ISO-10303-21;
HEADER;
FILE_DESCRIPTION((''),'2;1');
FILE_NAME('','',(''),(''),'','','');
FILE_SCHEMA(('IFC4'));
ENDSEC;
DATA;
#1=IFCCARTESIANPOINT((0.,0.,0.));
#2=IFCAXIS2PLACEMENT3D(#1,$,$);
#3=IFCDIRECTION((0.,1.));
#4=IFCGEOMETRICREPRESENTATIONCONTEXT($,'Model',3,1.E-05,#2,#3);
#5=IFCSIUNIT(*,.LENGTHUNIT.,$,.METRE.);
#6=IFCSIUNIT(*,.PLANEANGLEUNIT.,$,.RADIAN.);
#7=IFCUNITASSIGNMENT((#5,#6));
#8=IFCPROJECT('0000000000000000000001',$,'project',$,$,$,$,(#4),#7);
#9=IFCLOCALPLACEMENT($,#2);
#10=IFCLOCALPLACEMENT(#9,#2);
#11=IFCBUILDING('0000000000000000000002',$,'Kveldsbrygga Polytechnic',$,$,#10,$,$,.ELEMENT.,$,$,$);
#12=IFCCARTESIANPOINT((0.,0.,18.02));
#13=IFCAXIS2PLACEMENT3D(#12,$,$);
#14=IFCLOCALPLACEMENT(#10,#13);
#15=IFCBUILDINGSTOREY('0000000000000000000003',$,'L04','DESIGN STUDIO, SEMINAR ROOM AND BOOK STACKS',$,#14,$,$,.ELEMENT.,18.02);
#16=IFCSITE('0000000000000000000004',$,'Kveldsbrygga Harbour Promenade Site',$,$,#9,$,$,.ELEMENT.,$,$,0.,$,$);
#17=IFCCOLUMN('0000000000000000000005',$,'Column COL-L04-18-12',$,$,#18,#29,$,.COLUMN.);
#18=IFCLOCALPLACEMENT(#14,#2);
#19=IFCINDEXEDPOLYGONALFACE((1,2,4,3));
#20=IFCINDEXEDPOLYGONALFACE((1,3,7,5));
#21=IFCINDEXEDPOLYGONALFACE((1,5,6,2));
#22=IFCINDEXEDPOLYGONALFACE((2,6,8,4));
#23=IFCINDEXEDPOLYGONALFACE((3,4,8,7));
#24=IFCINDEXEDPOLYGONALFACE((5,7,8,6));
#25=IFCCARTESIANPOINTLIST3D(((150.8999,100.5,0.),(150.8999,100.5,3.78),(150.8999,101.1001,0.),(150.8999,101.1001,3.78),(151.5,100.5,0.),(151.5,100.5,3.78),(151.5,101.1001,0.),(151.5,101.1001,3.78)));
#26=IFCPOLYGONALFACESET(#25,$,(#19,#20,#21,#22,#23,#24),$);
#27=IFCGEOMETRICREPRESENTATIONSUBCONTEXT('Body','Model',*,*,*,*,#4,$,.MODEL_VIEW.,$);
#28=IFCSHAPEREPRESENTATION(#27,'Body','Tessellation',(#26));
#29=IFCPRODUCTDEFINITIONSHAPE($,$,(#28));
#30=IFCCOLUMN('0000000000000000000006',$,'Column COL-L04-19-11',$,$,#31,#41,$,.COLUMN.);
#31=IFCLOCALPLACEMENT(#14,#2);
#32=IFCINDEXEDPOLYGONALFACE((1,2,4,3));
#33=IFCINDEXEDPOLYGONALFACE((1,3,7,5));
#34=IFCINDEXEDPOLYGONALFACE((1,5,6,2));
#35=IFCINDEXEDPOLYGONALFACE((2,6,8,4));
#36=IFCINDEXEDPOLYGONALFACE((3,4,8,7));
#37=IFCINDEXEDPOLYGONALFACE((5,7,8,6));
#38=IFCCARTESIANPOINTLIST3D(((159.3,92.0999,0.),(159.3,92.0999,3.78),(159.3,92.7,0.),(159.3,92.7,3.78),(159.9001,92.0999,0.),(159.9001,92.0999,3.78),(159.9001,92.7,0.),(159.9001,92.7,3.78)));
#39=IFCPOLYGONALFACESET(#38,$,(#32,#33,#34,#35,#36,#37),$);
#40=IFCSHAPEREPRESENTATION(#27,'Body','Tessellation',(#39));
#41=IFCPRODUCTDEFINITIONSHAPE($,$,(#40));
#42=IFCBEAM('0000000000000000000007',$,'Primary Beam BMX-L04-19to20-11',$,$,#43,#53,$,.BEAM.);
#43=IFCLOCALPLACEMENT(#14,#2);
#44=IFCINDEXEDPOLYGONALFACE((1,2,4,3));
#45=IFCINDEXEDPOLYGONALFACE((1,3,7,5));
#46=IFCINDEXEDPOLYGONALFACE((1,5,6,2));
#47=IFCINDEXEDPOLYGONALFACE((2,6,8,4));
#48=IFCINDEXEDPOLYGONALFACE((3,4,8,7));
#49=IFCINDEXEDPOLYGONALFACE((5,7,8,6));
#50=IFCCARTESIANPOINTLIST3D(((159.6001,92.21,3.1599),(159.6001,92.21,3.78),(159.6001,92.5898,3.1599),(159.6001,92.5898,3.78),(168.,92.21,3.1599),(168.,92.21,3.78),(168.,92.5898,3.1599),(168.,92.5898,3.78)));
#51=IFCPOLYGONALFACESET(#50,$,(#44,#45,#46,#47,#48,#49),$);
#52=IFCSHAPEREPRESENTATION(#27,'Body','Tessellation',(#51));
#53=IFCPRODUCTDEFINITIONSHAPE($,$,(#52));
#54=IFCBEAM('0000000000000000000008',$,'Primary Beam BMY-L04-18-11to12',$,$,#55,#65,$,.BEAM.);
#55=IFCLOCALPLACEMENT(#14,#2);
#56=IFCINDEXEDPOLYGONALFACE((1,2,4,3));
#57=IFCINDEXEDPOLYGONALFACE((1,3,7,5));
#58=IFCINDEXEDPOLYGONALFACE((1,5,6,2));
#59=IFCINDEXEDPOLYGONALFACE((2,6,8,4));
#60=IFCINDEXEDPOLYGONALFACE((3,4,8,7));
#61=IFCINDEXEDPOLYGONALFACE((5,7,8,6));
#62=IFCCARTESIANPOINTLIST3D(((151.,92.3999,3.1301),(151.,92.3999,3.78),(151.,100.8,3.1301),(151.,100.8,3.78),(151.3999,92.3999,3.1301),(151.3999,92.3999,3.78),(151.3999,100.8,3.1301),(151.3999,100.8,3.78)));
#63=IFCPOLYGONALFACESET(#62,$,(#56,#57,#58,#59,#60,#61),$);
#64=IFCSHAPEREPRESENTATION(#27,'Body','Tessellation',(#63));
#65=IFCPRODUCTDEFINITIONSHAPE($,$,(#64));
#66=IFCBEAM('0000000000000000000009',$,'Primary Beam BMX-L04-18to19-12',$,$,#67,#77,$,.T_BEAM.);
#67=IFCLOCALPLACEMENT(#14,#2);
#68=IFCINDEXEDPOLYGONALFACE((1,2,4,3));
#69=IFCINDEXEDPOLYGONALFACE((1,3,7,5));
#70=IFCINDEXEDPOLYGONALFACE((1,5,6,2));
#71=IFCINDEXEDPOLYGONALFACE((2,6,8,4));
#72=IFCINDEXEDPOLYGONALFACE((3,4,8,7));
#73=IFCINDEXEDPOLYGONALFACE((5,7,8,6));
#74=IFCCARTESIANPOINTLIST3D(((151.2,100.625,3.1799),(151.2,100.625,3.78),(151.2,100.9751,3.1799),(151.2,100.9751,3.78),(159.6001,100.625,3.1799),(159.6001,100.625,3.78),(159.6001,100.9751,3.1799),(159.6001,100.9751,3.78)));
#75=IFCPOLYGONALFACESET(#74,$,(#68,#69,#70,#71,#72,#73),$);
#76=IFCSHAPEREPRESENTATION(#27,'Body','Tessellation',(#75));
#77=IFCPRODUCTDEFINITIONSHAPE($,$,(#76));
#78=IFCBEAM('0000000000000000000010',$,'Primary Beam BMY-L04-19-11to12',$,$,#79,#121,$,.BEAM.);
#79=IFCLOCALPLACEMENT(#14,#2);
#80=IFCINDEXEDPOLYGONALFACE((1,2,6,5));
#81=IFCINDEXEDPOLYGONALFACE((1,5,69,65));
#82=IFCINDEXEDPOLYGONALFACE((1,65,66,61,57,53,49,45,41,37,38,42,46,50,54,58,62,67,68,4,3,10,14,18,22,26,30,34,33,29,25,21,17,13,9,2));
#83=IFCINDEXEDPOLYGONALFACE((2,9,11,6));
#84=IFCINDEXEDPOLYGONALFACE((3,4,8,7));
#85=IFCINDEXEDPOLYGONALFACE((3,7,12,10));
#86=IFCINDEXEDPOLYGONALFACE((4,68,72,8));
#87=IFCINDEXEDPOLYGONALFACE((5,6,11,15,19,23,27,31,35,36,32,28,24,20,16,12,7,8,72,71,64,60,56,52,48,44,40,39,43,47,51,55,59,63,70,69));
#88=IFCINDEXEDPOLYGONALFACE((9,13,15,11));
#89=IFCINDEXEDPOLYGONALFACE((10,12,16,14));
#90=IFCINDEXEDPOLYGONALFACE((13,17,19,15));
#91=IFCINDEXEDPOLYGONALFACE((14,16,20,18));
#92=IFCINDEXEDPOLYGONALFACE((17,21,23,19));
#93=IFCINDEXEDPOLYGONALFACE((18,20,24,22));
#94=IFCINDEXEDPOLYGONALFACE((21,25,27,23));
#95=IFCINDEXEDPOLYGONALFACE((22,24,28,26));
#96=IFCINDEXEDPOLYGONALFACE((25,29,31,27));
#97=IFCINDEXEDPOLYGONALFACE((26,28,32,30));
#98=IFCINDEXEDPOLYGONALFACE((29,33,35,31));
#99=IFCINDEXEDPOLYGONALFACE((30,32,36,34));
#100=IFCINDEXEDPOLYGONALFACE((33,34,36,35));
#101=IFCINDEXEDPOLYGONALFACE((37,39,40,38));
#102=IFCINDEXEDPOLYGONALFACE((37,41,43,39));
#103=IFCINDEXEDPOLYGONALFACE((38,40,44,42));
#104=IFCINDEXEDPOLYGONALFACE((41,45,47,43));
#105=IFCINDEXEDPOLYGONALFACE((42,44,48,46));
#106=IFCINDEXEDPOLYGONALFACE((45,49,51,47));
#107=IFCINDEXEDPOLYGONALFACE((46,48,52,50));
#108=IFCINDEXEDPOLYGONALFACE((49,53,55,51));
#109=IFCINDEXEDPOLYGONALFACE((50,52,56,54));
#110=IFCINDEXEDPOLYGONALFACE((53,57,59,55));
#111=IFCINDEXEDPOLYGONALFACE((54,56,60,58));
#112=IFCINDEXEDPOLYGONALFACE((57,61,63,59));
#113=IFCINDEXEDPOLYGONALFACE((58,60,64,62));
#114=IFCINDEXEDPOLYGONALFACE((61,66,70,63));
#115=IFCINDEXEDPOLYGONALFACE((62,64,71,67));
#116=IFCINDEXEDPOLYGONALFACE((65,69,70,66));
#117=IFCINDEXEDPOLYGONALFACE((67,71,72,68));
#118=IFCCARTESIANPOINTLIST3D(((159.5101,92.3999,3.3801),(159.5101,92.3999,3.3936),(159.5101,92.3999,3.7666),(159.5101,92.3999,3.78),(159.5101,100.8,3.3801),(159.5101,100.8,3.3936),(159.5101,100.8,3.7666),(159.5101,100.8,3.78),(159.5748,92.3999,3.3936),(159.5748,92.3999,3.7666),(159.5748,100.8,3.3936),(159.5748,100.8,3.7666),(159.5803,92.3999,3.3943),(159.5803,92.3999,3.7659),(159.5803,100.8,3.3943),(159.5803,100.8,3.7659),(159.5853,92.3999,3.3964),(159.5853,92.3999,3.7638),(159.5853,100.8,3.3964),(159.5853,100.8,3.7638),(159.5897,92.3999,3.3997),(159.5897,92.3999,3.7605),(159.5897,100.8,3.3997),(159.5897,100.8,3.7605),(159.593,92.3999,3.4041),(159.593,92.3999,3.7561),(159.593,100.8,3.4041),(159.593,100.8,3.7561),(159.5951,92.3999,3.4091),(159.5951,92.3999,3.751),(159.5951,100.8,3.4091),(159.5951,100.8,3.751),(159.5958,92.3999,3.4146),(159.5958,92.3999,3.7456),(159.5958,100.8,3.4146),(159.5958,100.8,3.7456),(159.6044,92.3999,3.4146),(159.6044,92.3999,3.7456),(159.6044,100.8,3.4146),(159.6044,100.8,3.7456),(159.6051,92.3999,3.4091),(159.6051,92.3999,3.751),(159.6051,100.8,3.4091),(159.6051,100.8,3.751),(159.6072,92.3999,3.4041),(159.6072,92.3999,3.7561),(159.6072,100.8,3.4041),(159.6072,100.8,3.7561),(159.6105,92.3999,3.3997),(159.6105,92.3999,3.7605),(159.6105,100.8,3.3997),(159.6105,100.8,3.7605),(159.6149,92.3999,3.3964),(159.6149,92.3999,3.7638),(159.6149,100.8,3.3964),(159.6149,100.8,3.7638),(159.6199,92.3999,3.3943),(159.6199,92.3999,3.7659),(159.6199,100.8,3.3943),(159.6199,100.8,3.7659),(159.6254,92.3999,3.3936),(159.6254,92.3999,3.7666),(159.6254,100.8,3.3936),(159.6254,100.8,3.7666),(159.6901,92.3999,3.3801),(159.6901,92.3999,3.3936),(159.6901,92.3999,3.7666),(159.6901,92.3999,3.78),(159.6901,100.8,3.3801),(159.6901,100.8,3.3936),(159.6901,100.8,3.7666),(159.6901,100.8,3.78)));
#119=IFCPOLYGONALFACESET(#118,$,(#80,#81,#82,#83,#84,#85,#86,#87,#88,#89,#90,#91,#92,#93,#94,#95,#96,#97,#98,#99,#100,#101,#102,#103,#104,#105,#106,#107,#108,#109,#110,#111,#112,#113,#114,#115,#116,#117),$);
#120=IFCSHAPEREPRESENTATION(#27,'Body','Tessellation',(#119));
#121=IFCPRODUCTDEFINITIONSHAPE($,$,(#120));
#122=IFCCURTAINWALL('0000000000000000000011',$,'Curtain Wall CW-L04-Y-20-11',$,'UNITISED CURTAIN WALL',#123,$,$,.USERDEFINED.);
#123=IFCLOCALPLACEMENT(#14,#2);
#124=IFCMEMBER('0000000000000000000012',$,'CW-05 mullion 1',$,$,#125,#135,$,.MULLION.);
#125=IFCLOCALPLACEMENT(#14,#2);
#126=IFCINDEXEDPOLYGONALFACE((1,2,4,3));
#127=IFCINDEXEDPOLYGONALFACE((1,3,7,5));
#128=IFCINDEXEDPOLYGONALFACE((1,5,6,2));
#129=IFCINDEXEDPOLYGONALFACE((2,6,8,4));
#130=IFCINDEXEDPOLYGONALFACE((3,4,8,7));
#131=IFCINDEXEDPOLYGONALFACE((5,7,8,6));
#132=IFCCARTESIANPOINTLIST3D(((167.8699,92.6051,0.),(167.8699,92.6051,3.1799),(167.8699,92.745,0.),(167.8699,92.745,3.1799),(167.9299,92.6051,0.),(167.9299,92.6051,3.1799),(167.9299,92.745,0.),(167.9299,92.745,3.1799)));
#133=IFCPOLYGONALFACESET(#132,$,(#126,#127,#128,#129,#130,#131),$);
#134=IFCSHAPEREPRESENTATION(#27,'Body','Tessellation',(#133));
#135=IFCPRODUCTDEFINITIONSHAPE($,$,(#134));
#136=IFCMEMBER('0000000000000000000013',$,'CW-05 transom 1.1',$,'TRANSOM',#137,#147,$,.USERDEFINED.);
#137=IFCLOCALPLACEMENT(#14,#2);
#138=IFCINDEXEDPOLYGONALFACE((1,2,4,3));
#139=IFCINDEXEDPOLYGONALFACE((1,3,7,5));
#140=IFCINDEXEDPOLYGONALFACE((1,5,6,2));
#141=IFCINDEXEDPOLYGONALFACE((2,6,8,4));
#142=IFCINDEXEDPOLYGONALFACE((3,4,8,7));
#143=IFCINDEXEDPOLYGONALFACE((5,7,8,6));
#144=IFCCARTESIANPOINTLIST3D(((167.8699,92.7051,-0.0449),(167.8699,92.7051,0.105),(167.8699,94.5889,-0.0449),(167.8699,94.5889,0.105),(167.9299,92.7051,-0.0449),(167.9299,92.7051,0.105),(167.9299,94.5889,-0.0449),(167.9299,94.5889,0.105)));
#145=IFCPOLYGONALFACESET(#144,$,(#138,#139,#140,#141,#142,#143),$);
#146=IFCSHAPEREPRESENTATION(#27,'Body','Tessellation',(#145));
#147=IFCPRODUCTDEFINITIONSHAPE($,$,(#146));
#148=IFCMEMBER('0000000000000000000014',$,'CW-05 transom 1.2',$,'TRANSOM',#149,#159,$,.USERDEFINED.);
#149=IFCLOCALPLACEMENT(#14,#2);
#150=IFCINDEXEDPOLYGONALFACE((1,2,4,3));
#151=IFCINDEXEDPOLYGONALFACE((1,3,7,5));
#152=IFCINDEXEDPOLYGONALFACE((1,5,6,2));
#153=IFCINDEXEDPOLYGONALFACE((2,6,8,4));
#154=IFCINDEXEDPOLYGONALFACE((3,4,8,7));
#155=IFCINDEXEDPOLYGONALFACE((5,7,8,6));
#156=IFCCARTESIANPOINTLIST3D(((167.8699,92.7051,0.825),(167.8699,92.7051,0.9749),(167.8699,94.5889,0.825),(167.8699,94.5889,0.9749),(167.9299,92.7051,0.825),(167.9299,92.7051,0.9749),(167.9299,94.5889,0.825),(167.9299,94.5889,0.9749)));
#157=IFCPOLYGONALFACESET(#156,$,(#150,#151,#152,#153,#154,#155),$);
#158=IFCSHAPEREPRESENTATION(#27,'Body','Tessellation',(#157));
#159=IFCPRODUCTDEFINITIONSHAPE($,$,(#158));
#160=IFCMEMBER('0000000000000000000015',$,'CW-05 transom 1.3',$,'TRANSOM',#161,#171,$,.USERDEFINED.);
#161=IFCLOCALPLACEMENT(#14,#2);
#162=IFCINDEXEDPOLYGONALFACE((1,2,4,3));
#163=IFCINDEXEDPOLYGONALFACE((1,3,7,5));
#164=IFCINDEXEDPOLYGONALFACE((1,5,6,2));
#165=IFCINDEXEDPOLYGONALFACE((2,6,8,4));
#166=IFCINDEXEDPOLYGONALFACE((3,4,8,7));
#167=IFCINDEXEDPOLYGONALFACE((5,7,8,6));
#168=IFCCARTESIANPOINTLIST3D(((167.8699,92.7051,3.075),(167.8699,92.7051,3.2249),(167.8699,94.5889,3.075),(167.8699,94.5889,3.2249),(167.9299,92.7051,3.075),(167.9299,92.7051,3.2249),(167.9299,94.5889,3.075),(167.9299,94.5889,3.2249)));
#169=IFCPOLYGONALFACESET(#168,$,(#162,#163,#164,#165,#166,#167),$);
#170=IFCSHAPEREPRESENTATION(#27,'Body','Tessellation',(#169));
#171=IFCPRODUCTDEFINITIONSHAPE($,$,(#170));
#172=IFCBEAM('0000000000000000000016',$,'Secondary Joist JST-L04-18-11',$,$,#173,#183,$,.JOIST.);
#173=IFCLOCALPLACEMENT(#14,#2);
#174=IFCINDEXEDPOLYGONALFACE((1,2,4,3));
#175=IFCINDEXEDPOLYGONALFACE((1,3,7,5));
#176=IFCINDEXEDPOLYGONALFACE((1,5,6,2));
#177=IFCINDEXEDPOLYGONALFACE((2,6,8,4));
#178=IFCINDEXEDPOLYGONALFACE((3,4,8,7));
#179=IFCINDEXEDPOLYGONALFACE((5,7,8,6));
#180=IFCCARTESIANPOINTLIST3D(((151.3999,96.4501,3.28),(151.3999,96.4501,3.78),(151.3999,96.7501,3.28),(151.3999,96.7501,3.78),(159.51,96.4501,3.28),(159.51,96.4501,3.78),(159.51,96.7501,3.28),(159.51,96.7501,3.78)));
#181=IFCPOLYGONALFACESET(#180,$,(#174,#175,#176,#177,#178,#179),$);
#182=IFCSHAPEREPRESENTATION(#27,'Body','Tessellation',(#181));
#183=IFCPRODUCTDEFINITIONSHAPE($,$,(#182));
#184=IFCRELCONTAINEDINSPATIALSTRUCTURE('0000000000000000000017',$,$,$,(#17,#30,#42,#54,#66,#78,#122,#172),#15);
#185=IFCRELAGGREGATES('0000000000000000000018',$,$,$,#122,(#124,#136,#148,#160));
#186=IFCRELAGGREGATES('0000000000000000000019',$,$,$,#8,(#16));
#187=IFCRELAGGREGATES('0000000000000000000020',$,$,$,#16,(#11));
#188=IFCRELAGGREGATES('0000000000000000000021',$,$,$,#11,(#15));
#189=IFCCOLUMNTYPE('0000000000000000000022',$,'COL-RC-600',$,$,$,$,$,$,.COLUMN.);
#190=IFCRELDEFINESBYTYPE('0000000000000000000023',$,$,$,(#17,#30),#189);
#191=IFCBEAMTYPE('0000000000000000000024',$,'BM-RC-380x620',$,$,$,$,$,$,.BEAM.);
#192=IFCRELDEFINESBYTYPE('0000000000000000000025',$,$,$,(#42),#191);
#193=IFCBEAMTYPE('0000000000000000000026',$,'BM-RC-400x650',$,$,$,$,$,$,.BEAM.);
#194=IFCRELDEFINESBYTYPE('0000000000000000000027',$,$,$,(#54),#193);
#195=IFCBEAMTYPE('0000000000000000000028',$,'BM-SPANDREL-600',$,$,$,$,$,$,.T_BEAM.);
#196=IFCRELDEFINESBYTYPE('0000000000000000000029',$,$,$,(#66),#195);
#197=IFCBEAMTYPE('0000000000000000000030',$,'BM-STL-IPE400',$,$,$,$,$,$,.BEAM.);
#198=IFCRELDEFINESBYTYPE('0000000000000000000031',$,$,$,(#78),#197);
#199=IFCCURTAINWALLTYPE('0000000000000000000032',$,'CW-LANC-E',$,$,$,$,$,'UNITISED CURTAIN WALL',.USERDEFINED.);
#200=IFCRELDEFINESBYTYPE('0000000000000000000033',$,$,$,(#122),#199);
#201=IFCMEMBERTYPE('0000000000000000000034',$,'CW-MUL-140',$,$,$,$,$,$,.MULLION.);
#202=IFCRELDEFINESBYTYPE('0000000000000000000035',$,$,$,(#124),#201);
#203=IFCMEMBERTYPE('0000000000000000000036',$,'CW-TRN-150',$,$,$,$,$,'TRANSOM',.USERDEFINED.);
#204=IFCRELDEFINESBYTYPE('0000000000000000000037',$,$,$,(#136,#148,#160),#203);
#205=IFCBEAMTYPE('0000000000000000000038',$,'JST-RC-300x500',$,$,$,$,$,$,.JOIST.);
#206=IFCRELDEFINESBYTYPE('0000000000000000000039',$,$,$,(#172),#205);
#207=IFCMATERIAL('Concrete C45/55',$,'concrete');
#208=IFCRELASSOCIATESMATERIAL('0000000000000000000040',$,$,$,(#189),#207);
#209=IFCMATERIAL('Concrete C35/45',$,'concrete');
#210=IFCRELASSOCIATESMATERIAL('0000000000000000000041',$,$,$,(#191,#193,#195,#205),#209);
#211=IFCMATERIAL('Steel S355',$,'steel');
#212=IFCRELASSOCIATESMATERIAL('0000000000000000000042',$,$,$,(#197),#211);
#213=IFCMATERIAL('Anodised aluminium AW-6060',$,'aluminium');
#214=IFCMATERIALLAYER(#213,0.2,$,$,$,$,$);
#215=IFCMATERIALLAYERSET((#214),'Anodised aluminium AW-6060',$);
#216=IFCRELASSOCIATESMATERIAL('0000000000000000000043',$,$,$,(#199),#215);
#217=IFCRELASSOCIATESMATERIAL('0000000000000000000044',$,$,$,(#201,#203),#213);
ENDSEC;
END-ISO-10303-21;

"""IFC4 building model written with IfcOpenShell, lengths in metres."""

from ifc_helpers import new_model, si_unit, direction, frame, origin, origin_2d, place, context, subcontext, project, spatial, rectangle, i_section, extrude, material, layer, layer_set, material_profile, profile_set, type_object, element, aggregate, save


model = new_model("IFC4")

# Units and contexts
model_context = context("Model", 3, precision=1e-05, world=origin(), true_north=direction((0.0, 1.0)))
body_context = subcontext(model_context, "Body", "Model", "MODEL_VIEW")
ifc_project = project(units=[si_unit("LENGTHUNIT", "METRE"), si_unit("PLANEANGLEUNIT", "RADIAN")], contexts=[model_context])

# Site, building, storey
site_placement = place(None, origin())
site = spatial("IfcSite", under=ifc_project, at=site_placement, Name="Kveldsbrygga Harbour Promenade Site", CompositionType="ELEMENT", RefElevation=0.0)
building_placement = place(site_placement, origin())
building = spatial("IfcBuilding", under=site, at=building_placement, Name="Kveldsbrygga Polytechnic", CompositionType="ELEMENT")
storey_placement = place(building_placement, frame((0.0, 0.0, 18.02)))
storey = spatial("IfcBuildingStorey", under=building, at=storey_placement, Name="L04", Description="DESIGN STUDIO, SEMINAR ROOM AND BOOK STACKS", CompositionType="ELEMENT", Elevation=18.02)

# Columns
ifc_material_1 = material(Name="Concrete C45/55", Category="concrete")
ifc_material_profile_1 = material_profile(ifc_material_1, rectangle(XDim=0.6001, YDim=0.6001, at=origin_2d()), Name="RC 600x600")
ifc_profile_set_1 = profile_set([ifc_material_profile_1], Name="Concrete C45/55")
column_type = type_object("IfcColumnType", Name="COL-RC-600", PredefinedType="COLUMN", material=ifc_profile_set_1)
for number, where, z_axis, x_axis, name in (
    (1, (151.2, 100.8, 0.0), (0.0, 0.0, 1.0), (1.0, 0.0, 0.0), "Column COL-L04-18-12"),
    (2, (159.6001, 92.3999, 0.0), (0.0, 0.0, 1.0), (1.0, 0.0, 0.0), "Column COL-L04-19-11"),
):
    element("IfcColumn", number, at=place(storey_placement, frame(where, z_axis=z_axis, x_axis=x_axis)), inside=storey, type_object=column_type, Name=name, PredefinedType="COLUMN", context=body_context, shape_type="SweptSolid", body=[
        extrude(rectangle(XDim=0.6001, YDim=0.6001, at=origin_2d()), origin(), (0.0, 0.0, 1.0), 3.78),
    ])

# Beams
ifc_material_2 = material(Name="Concrete C35/45", Category="concrete")
ifc_material_profile_2 = material_profile(ifc_material_2, rectangle(XDim=0.3799, YDim=0.6201, at=origin_2d()), Name="RC 380x620")
ifc_profile_set_2 = profile_set([ifc_material_profile_2], Name="Concrete C35/45")
beam_type_1 = type_object("IfcBeamType", Name="BM-RC-380x620", PredefinedType="BEAM", material=ifc_profile_set_2)
beam_1_placement = place(storey_placement, frame((159.6001, 92.3999, 3.47), z_axis=(1.0, 0.0, 0.0), x_axis=(0.0, 1.0, 0.0)))
element("IfcBeam", 3, at=beam_1_placement, inside=storey, type_object=beam_type_1, Name="Primary Beam BMX-L04-19to20-11", PredefinedType="BEAM", context=body_context, shape_type="SweptSolid", body=[
    extrude(rectangle(XDim=0.3799, YDim=0.6201, at=origin_2d()), origin(), (0.0, 0.0, 1.0), 8.3999),
])
ifc_material_profile_3 = material_profile(ifc_material_2, rectangle(XDim=0.3999, YDim=0.6499, at=origin_2d()), Name="RC 400x650")
ifc_profile_set_3 = profile_set([ifc_material_profile_3], Name="Concrete C35/45")
beam_type_2 = type_object("IfcBeamType", Name="BM-RC-400x650", PredefinedType="BEAM", material=ifc_profile_set_3)
beam_2_placement = place(storey_placement, frame((151.2, 92.3999, 3.4551), z_axis=(0.0, 1.0, 0.0), x_axis=(-1.0, 0.0, 0.0)))
element("IfcBeam", 4, at=beam_2_placement, inside=storey, type_object=beam_type_2, Name="Primary Beam BMY-L04-18-11to12", PredefinedType="BEAM", context=body_context, shape_type="SweptSolid", body=[
    extrude(rectangle(XDim=0.3999, YDim=0.6499, at=origin_2d()), origin(), (0.0, 0.0, 1.0), 8.4001),
])
ifc_material_profile_4 = material_profile(ifc_material_2, rectangle(XDim=0.3501, YDim=0.6001, at=origin_2d()), Name="RC 350x600")
ifc_profile_set_4 = profile_set([ifc_material_profile_4], Name="Concrete C35/45")
beam_type_3 = type_object("IfcBeamType", Name="BM-SPANDREL-600", PredefinedType="T_BEAM", material=ifc_profile_set_4)
beam_3_placement = place(storey_placement, frame((151.2, 100.8, 3.48), z_axis=(1.0, 0.0, 0.0), x_axis=(0.0, 1.0, 0.0)))
element("IfcBeam", 5, at=beam_3_placement, inside=storey, type_object=beam_type_3, Name="Primary Beam BMX-L04-18to19-12", PredefinedType="T_BEAM", context=body_context, shape_type="SweptSolid", body=[
    extrude(rectangle(XDim=0.3501, YDim=0.6001, at=origin_2d()), origin(), (0.0, 0.0, 1.0), 8.4001),
])
ifc_material_3 = material(Name="Steel S355", Category="steel")
ifc_material_profile_5 = material_profile(ifc_material_3, i_section(OverallWidth=0.1799, OverallDepth=0.3999, WebThickness=0.0085, FlangeThickness=0.0134, FilletRadius=0.021, at=origin_2d()), Name="IPE 400")
ifc_profile_set_5 = profile_set([ifc_material_profile_5], Name="Steel S355")
beam_type_4 = type_object("IfcBeamType", Name="BM-STL-IPE400", PredefinedType="BEAM", material=ifc_profile_set_5)
beam_4_placement = place(storey_placement, frame((159.6001, 92.3999, 3.5801), z_axis=(0.0, 1.0, 0.0), x_axis=(-1.0, 0.0, 0.0)))
element("IfcBeam", 6, at=beam_4_placement, inside=storey, type_object=beam_type_4, Name="Primary Beam BMY-L04-19-11to12", PredefinedType="BEAM", context=body_context, shape_type="SweptSolid", body=[
    extrude(i_section(OverallWidth=0.1799, OverallDepth=0.3999, WebThickness=0.0085, FlangeThickness=0.0134, FilletRadius=0.021, at=origin_2d()), origin(), (0.0, 0.0, 1.0), 8.4001),
])

# Curtain wall, members
ifc_material_4 = material(Name="Anodised aluminium AW-6060", Category="aluminium")
ifc_layer_1 = layer(ifc_material_4, 0.2)
ifc_layer_set_1 = layer_set([ifc_layer_1], Name="Anodised aluminium AW-6060")
curtain_wall_type = type_object("IfcCurtainWallType", Name="CW-LANC-E", ElementType="UNITISED CURTAIN WALL", PredefinedType="USERDEFINED", material=ifc_layer_set_1)
curtain_wall_placement = place(storey_placement, origin())
curtain_wall = element("IfcCurtainWall", 7, at=curtain_wall_placement, inside=storey, type_object=curtain_wall_type, Name="Curtain Wall CW-L04-Y-20-11", ObjectType="UNITISED CURTAIN WALL", PredefinedType="USERDEFINED")
ifc_material_profile_6 = material_profile(ifc_material_4, rectangle(XDim=0.0601, YDim=0.1399, at=origin_2d()), Name="ALU 60x140")
ifc_profile_set_6 = profile_set([ifc_material_profile_6], Name="Anodised aluminium AW-6060")
member_type_1 = type_object("IfcMemberType", Name="CW-MUL-140", PredefinedType="MULLION", material=ifc_profile_set_6)
member_1_placement = place(storey_placement, frame((167.8999, 92.675, 0.0), z_axis=(0.0, 0.0, 1.0), x_axis=(-1.0, 0.0, 0.0)))
member_1 = element("IfcMember", 8, at=member_1_placement, type_object=member_type_1, Name="CW-05 mullion 1", PredefinedType="MULLION", context=body_context, shape_type="SweptSolid", body=[
    extrude(rectangle(XDim=0.0601, YDim=0.1399, at=origin_2d()), origin(), (0.0, 0.0, 1.0), 3.1799),
])
ifc_material_profile_7 = material_profile(ifc_material_4, rectangle(XDim=0.0601, YDim=0.1499, at=origin_2d()), Name="ALU 60x150")
ifc_profile_set_7 = profile_set([ifc_material_profile_7], Name="Anodised aluminium AW-6060")
member_type_2 = type_object("IfcMemberType", Name="CW-TRN-150", ElementType="TRANSOM", PredefinedType="USERDEFINED", material=ifc_profile_set_7)
member_2_placement = place(storey_placement, frame((167.8999, 92.7051, 0.03), z_axis=(0.0, 1.0, 0.0), x_axis=(-1.0, 0.0, 0.0)))
member_2 = element("IfcMember", 9, at=member_2_placement, type_object=member_type_2, Name="CW-05 transom 1.1", ObjectType="TRANSOM", PredefinedType="USERDEFINED", context=body_context, shape_type="SweptSolid", body=[
    extrude(rectangle(XDim=0.0601, YDim=0.1499, at=origin_2d()), origin(), (0.0, 0.0, 1.0), 1.8838),
])
member_3_placement = place(storey_placement, frame((167.8999, 92.7051, 0.8999), z_axis=(0.0, 1.0, 0.0), x_axis=(-1.0, 0.0, 0.0)))
member_3 = element("IfcMember", 10, at=member_3_placement, type_object=member_type_2, Name="CW-05 transom 1.2", ObjectType="TRANSOM", PredefinedType="USERDEFINED", context=body_context, shape_type="SweptSolid", body=[
    extrude(rectangle(XDim=0.0601, YDim=0.1499, at=origin_2d()), origin(), (0.0, 0.0, 1.0), 1.8838),
])
member_4_placement = place(storey_placement, frame((167.8999, 92.7051, 3.1499), z_axis=(0.0, 1.0, 0.0), x_axis=(-1.0, 0.0, 0.0)))
member_4 = element("IfcMember", 11, at=member_4_placement, type_object=member_type_2, Name="CW-05 transom 1.3", ObjectType="TRANSOM", PredefinedType="USERDEFINED", context=body_context, shape_type="SweptSolid", body=[
    extrude(rectangle(XDim=0.0601, YDim=0.1499, at=origin_2d()), origin(), (0.0, 0.0, 1.0), 1.8838),
])

# Beam
ifc_material_profile_8 = material_profile(ifc_material_2, rectangle(XDim=0.3, YDim=0.5, at=origin_2d()), Name="RC 300x500")
ifc_profile_set_8 = profile_set([ifc_material_profile_8], Name="Concrete C35/45")
beam_type_5 = type_object("IfcBeamType", Name="JST-RC-300x500", PredefinedType="JOIST", material=ifc_profile_set_8)
beam_5_placement = place(storey_placement, frame((151.3999, 96.6001, 3.53), z_axis=(1.0, 0.0, 0.0), x_axis=(0.0, 1.0, 0.0)))
element("IfcBeam", 12, at=beam_5_placement, inside=storey, type_object=beam_type_5, Name="Secondary Joist JST-L04-18-11", PredefinedType="JOIST", context=body_context, shape_type="SweptSolid", body=[
    extrude(rectangle(XDim=0.3, YDim=0.5, at=origin_2d()), origin(), (0.0, 0.0, 1.0), 8.1101),
])

aggregate(curtain_wall, [member_1, member_2, member_3, member_4])

save(model, "model.ifc")
